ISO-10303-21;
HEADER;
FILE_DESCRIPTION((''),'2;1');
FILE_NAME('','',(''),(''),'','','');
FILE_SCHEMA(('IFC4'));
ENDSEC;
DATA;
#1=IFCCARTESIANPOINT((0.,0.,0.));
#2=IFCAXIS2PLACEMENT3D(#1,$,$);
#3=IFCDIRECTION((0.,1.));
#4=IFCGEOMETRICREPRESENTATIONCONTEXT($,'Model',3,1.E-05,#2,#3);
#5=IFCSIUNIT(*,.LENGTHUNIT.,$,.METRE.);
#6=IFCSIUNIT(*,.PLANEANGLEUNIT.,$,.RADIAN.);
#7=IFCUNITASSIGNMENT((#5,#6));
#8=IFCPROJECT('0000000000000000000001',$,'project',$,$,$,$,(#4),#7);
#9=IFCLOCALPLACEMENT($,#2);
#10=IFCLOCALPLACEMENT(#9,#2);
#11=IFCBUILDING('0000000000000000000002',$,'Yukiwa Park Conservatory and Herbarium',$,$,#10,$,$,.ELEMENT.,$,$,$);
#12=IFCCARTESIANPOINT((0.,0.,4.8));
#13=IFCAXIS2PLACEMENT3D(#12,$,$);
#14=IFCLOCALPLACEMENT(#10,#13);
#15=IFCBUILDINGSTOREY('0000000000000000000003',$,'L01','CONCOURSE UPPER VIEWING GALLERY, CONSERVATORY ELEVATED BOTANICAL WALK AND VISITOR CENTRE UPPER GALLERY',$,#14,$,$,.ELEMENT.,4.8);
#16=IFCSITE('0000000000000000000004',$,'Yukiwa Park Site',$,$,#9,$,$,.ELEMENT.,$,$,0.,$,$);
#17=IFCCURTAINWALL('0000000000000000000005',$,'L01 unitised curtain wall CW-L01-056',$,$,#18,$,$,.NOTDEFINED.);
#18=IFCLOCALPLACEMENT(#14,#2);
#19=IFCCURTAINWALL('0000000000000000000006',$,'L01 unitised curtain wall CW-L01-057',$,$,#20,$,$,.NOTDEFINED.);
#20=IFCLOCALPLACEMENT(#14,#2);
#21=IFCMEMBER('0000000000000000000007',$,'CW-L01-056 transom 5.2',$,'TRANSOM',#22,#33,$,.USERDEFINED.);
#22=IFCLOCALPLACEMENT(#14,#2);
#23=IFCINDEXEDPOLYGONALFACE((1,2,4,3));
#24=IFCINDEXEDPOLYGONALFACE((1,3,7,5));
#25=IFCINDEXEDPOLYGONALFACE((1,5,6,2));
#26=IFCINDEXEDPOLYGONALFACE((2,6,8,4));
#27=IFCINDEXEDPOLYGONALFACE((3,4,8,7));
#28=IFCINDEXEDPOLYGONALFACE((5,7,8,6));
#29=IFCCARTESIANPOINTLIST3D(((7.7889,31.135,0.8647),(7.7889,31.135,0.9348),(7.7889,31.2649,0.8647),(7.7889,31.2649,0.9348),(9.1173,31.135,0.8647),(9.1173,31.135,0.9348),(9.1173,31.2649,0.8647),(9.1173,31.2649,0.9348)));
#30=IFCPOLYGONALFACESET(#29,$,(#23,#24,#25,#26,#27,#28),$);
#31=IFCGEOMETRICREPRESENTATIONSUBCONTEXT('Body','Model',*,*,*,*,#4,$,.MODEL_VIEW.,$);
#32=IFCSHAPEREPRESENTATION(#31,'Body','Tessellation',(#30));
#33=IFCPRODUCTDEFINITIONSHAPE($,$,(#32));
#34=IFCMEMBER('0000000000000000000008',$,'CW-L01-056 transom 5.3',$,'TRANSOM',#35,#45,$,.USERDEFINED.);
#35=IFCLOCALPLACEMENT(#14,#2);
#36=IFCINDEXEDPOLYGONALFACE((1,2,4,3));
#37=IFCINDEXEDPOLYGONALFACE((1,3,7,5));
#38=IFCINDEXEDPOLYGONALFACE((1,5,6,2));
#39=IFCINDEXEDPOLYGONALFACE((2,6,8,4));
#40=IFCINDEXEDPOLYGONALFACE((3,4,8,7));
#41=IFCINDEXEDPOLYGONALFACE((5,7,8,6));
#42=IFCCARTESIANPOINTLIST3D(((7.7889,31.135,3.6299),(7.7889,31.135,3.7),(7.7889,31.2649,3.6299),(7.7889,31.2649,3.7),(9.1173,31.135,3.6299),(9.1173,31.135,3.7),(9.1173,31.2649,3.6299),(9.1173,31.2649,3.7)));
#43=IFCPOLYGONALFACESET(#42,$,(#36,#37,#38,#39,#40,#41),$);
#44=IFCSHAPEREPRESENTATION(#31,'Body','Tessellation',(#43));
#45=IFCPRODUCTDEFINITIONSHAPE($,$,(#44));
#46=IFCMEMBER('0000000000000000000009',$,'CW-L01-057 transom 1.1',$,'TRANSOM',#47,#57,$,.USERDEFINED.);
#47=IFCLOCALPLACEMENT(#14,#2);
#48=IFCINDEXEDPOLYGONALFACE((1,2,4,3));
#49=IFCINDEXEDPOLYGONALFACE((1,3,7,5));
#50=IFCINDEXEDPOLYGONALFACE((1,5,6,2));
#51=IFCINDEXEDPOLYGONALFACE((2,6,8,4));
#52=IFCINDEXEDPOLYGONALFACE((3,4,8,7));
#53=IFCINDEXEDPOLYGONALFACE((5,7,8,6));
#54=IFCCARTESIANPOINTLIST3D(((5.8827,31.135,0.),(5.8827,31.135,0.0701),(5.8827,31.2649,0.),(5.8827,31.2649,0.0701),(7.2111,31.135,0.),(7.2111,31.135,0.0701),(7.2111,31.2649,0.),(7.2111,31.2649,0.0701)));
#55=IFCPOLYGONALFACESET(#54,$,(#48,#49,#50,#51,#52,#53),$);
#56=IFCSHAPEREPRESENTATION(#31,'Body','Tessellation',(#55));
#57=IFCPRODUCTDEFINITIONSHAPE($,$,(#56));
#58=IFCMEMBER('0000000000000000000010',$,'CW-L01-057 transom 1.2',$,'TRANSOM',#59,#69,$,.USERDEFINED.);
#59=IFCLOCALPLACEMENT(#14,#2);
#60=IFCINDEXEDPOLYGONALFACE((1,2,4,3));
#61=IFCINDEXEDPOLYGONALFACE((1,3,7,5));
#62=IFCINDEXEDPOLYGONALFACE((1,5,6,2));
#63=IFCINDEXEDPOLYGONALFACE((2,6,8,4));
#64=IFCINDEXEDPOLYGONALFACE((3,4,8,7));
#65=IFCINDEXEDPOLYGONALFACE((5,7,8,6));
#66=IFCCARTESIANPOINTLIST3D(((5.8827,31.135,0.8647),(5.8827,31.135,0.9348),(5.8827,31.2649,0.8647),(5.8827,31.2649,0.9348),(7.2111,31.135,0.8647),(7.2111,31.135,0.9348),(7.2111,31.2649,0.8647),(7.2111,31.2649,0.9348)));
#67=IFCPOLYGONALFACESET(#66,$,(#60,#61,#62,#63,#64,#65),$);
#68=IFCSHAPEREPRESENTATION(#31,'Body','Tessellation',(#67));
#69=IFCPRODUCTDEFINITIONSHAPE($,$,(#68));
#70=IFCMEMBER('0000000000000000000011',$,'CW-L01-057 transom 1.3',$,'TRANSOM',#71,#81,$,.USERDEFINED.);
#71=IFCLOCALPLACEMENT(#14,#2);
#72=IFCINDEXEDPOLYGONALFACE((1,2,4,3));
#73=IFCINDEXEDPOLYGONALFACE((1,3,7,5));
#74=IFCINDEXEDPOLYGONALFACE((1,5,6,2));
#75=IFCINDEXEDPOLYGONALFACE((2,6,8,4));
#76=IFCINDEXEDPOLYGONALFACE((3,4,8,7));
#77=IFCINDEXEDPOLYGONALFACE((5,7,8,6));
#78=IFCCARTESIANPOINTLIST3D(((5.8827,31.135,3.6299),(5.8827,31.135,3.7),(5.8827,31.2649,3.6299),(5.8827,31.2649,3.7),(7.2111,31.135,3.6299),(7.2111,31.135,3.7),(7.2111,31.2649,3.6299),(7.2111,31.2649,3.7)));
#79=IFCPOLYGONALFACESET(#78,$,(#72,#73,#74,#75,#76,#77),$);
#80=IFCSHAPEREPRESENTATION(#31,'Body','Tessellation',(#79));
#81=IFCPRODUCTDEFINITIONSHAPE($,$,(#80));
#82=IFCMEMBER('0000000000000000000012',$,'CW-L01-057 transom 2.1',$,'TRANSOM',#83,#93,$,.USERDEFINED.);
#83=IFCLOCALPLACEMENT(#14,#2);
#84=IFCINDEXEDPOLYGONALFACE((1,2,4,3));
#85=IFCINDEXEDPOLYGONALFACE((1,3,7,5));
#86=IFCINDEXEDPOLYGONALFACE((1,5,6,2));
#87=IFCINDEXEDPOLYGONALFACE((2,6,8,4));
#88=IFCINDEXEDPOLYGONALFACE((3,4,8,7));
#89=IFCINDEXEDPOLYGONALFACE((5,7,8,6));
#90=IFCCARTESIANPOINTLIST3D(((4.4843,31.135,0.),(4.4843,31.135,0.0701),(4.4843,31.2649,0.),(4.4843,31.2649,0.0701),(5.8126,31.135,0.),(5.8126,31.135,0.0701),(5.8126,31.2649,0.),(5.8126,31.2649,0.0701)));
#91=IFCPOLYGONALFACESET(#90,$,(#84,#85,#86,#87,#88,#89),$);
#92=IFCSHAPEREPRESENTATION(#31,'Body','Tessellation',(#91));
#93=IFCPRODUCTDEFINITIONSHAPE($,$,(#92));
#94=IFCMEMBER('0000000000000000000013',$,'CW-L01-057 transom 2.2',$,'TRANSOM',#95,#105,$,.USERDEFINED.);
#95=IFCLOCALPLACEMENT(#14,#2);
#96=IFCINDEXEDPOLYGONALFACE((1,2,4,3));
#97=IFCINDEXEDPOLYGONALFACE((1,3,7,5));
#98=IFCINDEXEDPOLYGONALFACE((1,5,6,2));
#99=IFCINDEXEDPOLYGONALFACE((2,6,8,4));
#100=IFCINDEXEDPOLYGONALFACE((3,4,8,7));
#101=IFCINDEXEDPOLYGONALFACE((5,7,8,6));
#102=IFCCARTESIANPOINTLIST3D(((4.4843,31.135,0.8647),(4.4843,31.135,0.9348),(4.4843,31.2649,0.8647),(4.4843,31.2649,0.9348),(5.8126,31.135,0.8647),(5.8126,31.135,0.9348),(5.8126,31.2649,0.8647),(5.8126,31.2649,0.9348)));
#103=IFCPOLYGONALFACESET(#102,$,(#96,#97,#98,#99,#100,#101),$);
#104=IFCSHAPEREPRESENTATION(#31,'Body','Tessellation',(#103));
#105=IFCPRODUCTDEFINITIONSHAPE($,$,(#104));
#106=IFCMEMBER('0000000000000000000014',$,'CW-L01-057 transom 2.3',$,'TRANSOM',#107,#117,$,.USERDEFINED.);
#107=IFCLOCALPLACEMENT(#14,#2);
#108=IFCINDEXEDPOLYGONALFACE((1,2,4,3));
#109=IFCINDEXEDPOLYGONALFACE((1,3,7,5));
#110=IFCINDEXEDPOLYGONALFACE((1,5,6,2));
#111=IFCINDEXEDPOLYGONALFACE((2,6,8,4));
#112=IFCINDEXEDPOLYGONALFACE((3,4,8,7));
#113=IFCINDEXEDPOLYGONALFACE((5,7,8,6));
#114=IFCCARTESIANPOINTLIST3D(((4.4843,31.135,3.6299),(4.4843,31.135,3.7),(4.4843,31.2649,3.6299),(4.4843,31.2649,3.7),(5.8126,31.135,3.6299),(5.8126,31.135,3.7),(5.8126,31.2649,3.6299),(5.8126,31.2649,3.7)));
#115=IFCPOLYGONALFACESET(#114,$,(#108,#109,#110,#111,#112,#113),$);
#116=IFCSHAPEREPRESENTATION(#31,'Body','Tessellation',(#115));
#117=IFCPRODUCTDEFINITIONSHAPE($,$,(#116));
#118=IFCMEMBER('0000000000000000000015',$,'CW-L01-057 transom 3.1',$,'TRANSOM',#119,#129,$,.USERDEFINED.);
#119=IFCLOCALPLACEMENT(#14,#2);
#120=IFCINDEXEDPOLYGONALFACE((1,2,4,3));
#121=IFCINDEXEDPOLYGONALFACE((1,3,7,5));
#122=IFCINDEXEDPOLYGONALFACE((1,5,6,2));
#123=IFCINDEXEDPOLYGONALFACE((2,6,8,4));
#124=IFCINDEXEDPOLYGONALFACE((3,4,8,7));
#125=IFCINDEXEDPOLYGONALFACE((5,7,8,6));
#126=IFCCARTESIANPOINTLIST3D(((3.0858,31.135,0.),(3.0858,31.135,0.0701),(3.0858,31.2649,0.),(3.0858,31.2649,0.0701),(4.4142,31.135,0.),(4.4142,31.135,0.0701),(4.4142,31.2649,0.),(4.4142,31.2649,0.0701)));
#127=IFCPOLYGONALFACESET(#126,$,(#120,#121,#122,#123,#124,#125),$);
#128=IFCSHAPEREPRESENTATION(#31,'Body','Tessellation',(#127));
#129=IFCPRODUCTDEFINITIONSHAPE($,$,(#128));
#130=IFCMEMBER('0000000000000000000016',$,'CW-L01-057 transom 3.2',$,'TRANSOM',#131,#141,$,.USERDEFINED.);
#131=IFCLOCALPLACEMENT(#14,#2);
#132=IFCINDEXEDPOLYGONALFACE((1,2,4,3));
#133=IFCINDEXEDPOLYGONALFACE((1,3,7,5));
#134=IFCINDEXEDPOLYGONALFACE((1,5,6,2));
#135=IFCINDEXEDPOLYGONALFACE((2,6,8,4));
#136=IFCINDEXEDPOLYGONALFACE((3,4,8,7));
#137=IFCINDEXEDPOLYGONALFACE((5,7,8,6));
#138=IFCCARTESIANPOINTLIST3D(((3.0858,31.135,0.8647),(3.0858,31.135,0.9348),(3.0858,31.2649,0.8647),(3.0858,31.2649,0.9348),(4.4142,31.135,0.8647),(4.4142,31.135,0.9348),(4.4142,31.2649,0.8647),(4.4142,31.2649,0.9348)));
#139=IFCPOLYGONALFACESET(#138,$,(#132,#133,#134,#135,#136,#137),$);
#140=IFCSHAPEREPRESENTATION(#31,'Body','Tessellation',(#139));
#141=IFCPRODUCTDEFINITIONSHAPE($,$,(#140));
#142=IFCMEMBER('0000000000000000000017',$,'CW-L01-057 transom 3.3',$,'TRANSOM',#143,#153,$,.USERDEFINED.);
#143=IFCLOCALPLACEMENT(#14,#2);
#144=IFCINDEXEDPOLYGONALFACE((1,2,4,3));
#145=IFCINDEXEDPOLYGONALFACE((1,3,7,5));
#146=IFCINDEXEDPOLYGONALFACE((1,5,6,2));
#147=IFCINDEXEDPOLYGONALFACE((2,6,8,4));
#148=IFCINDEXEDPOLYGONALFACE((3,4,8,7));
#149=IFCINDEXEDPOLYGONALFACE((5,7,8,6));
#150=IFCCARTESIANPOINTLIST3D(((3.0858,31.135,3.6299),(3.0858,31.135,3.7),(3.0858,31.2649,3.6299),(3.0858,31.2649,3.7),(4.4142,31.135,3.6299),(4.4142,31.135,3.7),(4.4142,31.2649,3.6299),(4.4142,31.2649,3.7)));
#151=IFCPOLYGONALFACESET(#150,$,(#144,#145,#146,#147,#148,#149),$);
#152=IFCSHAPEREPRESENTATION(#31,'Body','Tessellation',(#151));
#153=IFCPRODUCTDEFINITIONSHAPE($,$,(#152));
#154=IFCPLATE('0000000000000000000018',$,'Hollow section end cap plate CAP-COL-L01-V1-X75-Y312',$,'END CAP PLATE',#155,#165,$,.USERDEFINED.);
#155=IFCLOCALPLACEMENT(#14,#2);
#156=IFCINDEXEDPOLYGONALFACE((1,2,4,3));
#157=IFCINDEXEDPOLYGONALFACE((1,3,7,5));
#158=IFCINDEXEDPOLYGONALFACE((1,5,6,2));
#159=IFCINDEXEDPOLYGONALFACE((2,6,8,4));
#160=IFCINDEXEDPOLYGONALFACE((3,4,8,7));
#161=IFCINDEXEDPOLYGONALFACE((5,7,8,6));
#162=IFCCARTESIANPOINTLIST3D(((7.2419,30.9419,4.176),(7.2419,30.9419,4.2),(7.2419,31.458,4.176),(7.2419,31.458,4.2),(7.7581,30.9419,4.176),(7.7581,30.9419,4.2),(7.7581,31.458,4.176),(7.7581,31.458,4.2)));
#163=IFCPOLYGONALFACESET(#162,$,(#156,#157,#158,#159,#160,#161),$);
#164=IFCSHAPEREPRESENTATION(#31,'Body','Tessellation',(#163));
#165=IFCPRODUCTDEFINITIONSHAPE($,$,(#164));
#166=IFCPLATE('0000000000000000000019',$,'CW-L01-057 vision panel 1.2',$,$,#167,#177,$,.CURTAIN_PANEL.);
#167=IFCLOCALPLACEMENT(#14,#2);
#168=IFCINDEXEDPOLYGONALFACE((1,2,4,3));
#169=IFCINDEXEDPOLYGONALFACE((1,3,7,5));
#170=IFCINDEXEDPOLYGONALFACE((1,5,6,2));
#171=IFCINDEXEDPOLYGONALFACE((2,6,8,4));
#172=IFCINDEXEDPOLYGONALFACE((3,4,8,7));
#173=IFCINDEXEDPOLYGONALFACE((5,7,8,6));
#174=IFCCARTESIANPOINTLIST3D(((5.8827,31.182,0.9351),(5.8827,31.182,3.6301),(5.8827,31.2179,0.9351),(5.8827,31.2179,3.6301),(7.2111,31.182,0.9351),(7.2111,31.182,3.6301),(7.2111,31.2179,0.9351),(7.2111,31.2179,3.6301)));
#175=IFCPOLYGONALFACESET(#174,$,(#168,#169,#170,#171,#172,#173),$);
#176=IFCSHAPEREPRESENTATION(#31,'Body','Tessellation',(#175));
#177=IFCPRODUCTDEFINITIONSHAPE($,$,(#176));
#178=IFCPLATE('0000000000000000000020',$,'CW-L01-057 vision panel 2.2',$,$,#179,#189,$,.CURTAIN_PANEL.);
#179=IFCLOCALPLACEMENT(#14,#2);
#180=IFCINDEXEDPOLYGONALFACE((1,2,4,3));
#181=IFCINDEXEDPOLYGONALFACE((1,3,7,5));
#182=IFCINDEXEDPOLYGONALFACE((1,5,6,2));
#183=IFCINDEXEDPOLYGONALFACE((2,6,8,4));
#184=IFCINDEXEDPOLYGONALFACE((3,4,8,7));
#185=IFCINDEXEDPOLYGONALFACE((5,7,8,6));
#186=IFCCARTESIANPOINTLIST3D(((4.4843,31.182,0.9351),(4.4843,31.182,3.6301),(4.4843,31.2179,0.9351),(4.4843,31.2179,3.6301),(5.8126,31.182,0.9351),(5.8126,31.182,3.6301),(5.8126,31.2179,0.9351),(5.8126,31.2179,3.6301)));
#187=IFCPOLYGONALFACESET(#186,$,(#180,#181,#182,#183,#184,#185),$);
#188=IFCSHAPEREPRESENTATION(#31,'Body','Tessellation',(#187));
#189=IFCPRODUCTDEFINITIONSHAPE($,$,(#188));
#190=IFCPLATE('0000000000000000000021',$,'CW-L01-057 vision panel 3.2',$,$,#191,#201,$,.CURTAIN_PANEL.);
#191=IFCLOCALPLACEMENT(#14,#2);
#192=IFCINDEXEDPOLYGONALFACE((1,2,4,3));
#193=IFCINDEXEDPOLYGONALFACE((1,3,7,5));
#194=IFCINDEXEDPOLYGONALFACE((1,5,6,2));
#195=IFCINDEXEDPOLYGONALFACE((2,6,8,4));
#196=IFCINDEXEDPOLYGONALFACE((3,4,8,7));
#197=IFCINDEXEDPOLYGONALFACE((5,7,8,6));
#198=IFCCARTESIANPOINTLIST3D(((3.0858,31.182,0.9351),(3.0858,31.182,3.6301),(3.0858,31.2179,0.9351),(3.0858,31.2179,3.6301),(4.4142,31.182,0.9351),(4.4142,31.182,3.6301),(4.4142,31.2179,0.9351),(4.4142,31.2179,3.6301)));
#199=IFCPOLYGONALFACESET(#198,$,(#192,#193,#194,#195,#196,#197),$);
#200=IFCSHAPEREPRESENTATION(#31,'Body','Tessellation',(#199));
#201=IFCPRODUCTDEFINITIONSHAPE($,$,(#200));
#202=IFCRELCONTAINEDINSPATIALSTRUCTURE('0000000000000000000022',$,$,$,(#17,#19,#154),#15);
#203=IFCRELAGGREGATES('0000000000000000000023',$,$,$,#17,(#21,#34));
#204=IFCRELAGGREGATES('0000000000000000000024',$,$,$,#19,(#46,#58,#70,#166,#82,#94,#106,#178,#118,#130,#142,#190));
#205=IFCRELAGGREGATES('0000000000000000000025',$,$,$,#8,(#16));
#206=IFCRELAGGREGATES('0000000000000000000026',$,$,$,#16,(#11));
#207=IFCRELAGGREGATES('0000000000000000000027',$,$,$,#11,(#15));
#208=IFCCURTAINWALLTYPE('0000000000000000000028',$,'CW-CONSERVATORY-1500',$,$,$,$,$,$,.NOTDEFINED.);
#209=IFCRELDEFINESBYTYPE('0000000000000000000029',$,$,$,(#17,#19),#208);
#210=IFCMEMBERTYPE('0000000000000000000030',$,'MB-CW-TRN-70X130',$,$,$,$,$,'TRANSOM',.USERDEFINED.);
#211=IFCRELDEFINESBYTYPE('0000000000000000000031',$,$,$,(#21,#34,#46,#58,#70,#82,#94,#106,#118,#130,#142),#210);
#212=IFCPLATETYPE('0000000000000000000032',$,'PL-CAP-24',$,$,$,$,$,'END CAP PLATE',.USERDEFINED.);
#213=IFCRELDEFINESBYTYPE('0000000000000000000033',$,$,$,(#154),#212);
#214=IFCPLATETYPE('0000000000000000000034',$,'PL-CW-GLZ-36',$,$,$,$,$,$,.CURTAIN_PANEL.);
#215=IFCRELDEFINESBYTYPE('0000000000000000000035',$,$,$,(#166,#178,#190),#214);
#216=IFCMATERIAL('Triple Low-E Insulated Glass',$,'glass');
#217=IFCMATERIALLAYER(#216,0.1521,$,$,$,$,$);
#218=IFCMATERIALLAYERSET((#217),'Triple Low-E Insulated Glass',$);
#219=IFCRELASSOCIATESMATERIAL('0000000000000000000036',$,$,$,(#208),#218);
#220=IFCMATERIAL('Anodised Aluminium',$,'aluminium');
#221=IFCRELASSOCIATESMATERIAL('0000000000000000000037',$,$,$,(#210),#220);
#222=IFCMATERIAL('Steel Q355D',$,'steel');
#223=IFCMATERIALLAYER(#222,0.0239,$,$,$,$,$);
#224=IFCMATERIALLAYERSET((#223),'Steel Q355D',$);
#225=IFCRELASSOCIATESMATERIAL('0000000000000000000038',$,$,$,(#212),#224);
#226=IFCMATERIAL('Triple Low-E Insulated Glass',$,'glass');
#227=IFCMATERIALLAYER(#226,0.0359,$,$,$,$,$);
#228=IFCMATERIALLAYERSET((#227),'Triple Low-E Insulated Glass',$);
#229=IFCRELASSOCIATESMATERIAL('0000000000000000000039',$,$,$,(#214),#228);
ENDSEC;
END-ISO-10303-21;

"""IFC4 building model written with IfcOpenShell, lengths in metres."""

from ifc_helpers import new_model, si_unit, direction, frame, origin, origin_2d, place, context, subcontext, project, spatial, rectangle, extrude, material, layer, layer_set, type_object, element, aggregate, save


model = new_model("IFC4")

# Units and contexts
model_context = context("Model", 3, precision=1e-05, world=origin(), true_north=direction((0.0, 1.0)))
body_context = subcontext(model_context, "Body", "Model", "MODEL_VIEW")
ifc_project = project(units=[si_unit("LENGTHUNIT", "METRE"), si_unit("PLANEANGLEUNIT", "RADIAN")], contexts=[model_context])

# Site, building, storey
site_placement = place(None, origin())
site = spatial("IfcSite", under=ifc_project, at=site_placement, Name="Yukiwa Park Site", CompositionType="ELEMENT", RefElevation=0.0)
building_placement = place(site_placement, origin())
building = spatial("IfcBuilding", under=site, at=building_placement, Name="Yukiwa Park Conservatory and Herbarium", CompositionType="ELEMENT")
storey_placement = place(building_placement, frame((0.0, 0.0, 4.8)))
storey = spatial("IfcBuildingStorey", under=building, at=storey_placement, Name="L01", Description="CONCOURSE UPPER VIEWING GALLERY, CONSERVATORY ELEVATED BOTANICAL WALK AND VISITOR CENTRE UPPER GALLERY", CompositionType="ELEMENT", Elevation=4.8)

# Curtain wall
ifc_material_1 = material(Name="Triple Low-E Insulated Glass", Category="glass")
ifc_layer_1 = layer(ifc_material_1, 0.1521)
ifc_layer_set_1 = layer_set([ifc_layer_1], Name="Triple Low-E Insulated Glass")
curtain_wall_type = type_object("IfcCurtainWallType", Name="CW-CONSERVATORY-1500", PredefinedType="NOTDEFINED", material=ifc_layer_set_1)
curtain_wall_1_placement = place(storey_placement, origin())
curtain_wall_1 = element("IfcCurtainWall", 1, at=curtain_wall_1_placement, inside=storey, type_object=curtain_wall_type, Name="L01 unitised curtain wall CW-L01-056", PredefinedType="NOTDEFINED")

# Curtain wall
curtain_wall_2_placement = place(storey_placement, origin())
curtain_wall_2 = element("IfcCurtainWall", 2, at=curtain_wall_2_placement, inside=storey, type_object=curtain_wall_type, Name="L01 unitised curtain wall CW-L01-057", PredefinedType="NOTDEFINED")

# Members
ifc_material_2 = material(Name="Anodised Aluminium", Category="aluminium")
member_type_1 = type_object("IfcMemberType", Name="MB-CW-TRN-70X130", ElementType="TRANSOM", PredefinedType="USERDEFINED", material=ifc_material_2)
member_1_placement = place(storey_placement, frame((8.4531, 31.2, 0.8647), z_axis=(0.0, 0.0, 1.0), x_axis=(-1.0, 0.0, 0.0)))
member_1 = element("IfcMember", 3, at=member_1_placement, type_object=member_type_1, Name="CW-L01-056 transom 5.2", ObjectType="TRANSOM", PredefinedType="USERDEFINED", context=body_context, shape_type="SweptSolid", body=[
    extrude(rectangle(XDim=1.3284, YDim=0.1299, at=origin_2d()), origin(), (0.0, 0.0, 1.0), 0.0701),
])
member_2_placement = place(storey_placement, frame((8.4531, 31.2, 3.6299), z_axis=(0.0, 0.0, 1.0), x_axis=(-1.0, 0.0, 0.0)))
member_2 = element("IfcMember", 4, at=member_2_placement, type_object=member_type_1, Name="CW-L01-056 transom 5.3", ObjectType="TRANSOM", PredefinedType="USERDEFINED", context=body_context, shape_type="SweptSolid", body=[
    extrude(rectangle(XDim=1.3284, YDim=0.1299, at=origin_2d()), origin(), (0.0, 0.0, 1.0), 0.0701),
])
member_3_placement = place(storey_placement, frame((6.5469, 31.2, 0.0), z_axis=(0.0, 0.0, 1.0), x_axis=(-1.0, 0.0, 0.0)))
member_3 = element("IfcMember", 5, at=member_3_placement, type_object=member_type_1, Name="CW-L01-057 transom 1.1", ObjectType="TRANSOM", PredefinedType="USERDEFINED", context=body_context, shape_type="SweptSolid", body=[
    extrude(rectangle(XDim=1.3284, YDim=0.1299, at=origin_2d()), origin(), (0.0, 0.0, 1.0), 0.0701),
])
member_4_placement = place(storey_placement, frame((6.5469, 31.2, 0.8647), z_axis=(0.0, 0.0, 1.0), x_axis=(-1.0, 0.0, 0.0)))
member_4 = element("IfcMember", 6, at=member_4_placement, type_object=member_type_1, Name="CW-L01-057 transom 1.2", ObjectType="TRANSOM", PredefinedType="USERDEFINED", context=body_context, shape_type="SweptSolid", body=[
    extrude(rectangle(XDim=1.3284, YDim=0.1299, at=origin_2d()), origin(), (0.0, 0.0, 1.0), 0.0701),
])
member_5_placement = place(storey_placement, frame((6.5469, 31.2, 3.6299), z_axis=(0.0, 0.0, 1.0), x_axis=(-1.0, 0.0, 0.0)))
member_5 = element("IfcMember", 7, at=member_5_placement, type_object=member_type_1, Name="CW-L01-057 transom 1.3", ObjectType="TRANSOM", PredefinedType="USERDEFINED", context=body_context, shape_type="SweptSolid", body=[
    extrude(rectangle(XDim=1.3284, YDim=0.1299, at=origin_2d()), origin(), (0.0, 0.0, 1.0), 0.0701),
])
member_6_placement = place(storey_placement, frame((5.1484, 31.2, 0.0), z_axis=(0.0, 0.0, 1.0), x_axis=(-1.0, 0.0, 0.0)))
member_6 = element("IfcMember", 8, at=member_6_placement, type_object=member_type_1, Name="CW-L01-057 transom 2.1", ObjectType="TRANSOM", PredefinedType="USERDEFINED", context=body_context, shape_type="SweptSolid", body=[
    extrude(rectangle(XDim=1.3284, YDim=0.1299, at=origin_2d()), origin(), (0.0, 0.0, 1.0), 0.0701),
])
member_7_placement = place(storey_placement, frame((5.1484, 31.2, 0.8647), z_axis=(0.0, 0.0, 1.0), x_axis=(-1.0, 0.0, 0.0)))
member_7 = element("IfcMember", 9, at=member_7_placement, type_object=member_type_1, Name="CW-L01-057 transom 2.2", ObjectType="TRANSOM", PredefinedType="USERDEFINED", context=body_context, shape_type="SweptSolid", body=[
    extrude(rectangle(XDim=1.3284, YDim=0.1299, at=origin_2d()), origin(), (0.0, 0.0, 1.0), 0.0701),
])
member_8_placement = place(storey_placement, frame((5.1484, 31.2, 3.6299), z_axis=(0.0, 0.0, 1.0), x_axis=(-1.0, 0.0, 0.0)))
member_8 = element("IfcMember", 10, at=member_8_placement, type_object=member_type_1, Name="CW-L01-057 transom 2.3", ObjectType="TRANSOM", PredefinedType="USERDEFINED", context=body_context, shape_type="SweptSolid", body=[
    extrude(rectangle(XDim=1.3284, YDim=0.1299, at=origin_2d()), origin(), (0.0, 0.0, 1.0), 0.0701),
])
member_9_placement = place(storey_placement, frame((3.75, 31.2, 0.0), z_axis=(0.0, 0.0, 1.0), x_axis=(-1.0, 0.0, 0.0)))
member_9 = element("IfcMember", 11, at=member_9_placement, type_object=member_type_1, Name="CW-L01-057 transom 3.1", ObjectType="TRANSOM", PredefinedType="USERDEFINED", context=body_context, shape_type="SweptSolid", body=[
    extrude(rectangle(XDim=1.3284, YDim=0.1299, at=origin_2d()), origin(), (0.0, 0.0, 1.0), 0.0701),
])
member_10_placement = place(storey_placement, frame((3.75, 31.2, 0.8647), z_axis=(0.0, 0.0, 1.0), x_axis=(-1.0, 0.0, 0.0)))
member_10 = element("IfcMember", 12, at=member_10_placement, type_object=member_type_1, Name="CW-L01-057 transom 3.2", ObjectType="TRANSOM", PredefinedType="USERDEFINED", context=body_context, shape_type="SweptSolid", body=[
    extrude(rectangle(XDim=1.3284, YDim=0.1299, at=origin_2d()), origin(), (0.0, 0.0, 1.0), 0.0701),
])
member_11_placement = place(storey_placement, frame((3.75, 31.2, 3.6299), z_axis=(0.0, 0.0, 1.0), x_axis=(-1.0, 0.0, 0.0)))
member_11 = element("IfcMember", 13, at=member_11_placement, type_object=member_type_1, Name="CW-L01-057 transom 3.3", ObjectType="TRANSOM", PredefinedType="USERDEFINED", context=body_context, shape_type="SweptSolid", body=[
    extrude(rectangle(XDim=1.3284, YDim=0.1299, at=origin_2d()), origin(), (0.0, 0.0, 1.0), 0.0701),
])

# Plates
ifc_material_3 = material(Name="Steel Q355D", Category="steel")
ifc_layer_2 = layer(ifc_material_3, 0.0239)
ifc_layer_set_2 = layer_set([ifc_layer_2], Name="Steel Q355D")
plate_type_1 = type_object("IfcPlateType", Name="PL-CAP-24", ElementType="END CAP PLATE", PredefinedType="USERDEFINED", material=ifc_layer_set_2)
plate_1_placement = place(storey_placement, frame((7.5, 31.2, 4.176), z_axis=(0.0, 0.0, 1.0), x_axis=(1.0, 0.0, 0.0)))
element("IfcPlate", 14, at=plate_1_placement, inside=storey, type_object=plate_type_1, Name="Hollow section end cap plate CAP-COL-L01-V1-X75-Y312", ObjectType="END CAP PLATE", PredefinedType="USERDEFINED", context=body_context, shape_type="SweptSolid", body=[
    extrude(rectangle(XDim=0.5161, YDim=0.5161, at=origin_2d()), origin(), (0.0, 0.0, 1.0), 0.0239),
])
ifc_material_4 = material(Name="Triple Low-E Insulated Glass", Category="glass")
ifc_layer_3 = layer(ifc_material_4, 0.0359)
ifc_layer_set_3 = layer_set([ifc_layer_3], Name="Triple Low-E Insulated Glass")
plate_type_2 = type_object("IfcPlateType", Name="PL-CW-GLZ-36", PredefinedType="CURTAIN_PANEL", material=ifc_layer_set_3)
plate_2_placement = place(storey_placement, frame((6.5469, 31.2, 0.9351), z_axis=(0.0, 0.0, 1.0), x_axis=(-1.0, 0.0, 0.0)))
plate_2 = element("IfcPlate", 15, at=plate_2_placement, type_object=plate_type_2, Name="CW-L01-057 vision panel 1.2", PredefinedType="CURTAIN_PANEL", context=body_context, shape_type="SweptSolid", body=[
    extrude(rectangle(XDim=1.3284, YDim=0.0359, at=origin_2d()), origin(), (0.0, 0.0, 1.0), 2.6951),
])
plate_3_placement = place(storey_placement, frame((5.1484, 31.2, 0.9351), z_axis=(0.0, 0.0, 1.0), x_axis=(-1.0, 0.0, 0.0)))
plate_3 = element("IfcPlate", 16, at=plate_3_placement, type_object=plate_type_2, Name="CW-L01-057 vision panel 2.2", PredefinedType="CURTAIN_PANEL", context=body_context, shape_type="SweptSolid", body=[
    extrude(rectangle(XDim=1.3284, YDim=0.0359, at=origin_2d()), origin(), (0.0, 0.0, 1.0), 2.6951),
])
plate_4_placement = place(storey_placement, frame((3.75, 31.2, 0.9351), z_axis=(0.0, 0.0, 1.0), x_axis=(-1.0, 0.0, 0.0)))
plate_4 = element("IfcPlate", 17, at=plate_4_placement, type_object=plate_type_2, Name="CW-L01-057 vision panel 3.2", PredefinedType="CURTAIN_PANEL", context=body_context, shape_type="SweptSolid", body=[
    extrude(rectangle(XDim=1.3284, YDim=0.0359, at=origin_2d()), origin(), (0.0, 0.0, 1.0), 2.6951),
])
aggregate(curtain_wall_1, [member_1, member_2])
aggregate(curtain_wall_2, [member_3, member_4, member_5, plate_2, member_6, member_7, member_8, plate_3, member_9, member_10, member_11, plate_4])

save(model, "model.ifc")
